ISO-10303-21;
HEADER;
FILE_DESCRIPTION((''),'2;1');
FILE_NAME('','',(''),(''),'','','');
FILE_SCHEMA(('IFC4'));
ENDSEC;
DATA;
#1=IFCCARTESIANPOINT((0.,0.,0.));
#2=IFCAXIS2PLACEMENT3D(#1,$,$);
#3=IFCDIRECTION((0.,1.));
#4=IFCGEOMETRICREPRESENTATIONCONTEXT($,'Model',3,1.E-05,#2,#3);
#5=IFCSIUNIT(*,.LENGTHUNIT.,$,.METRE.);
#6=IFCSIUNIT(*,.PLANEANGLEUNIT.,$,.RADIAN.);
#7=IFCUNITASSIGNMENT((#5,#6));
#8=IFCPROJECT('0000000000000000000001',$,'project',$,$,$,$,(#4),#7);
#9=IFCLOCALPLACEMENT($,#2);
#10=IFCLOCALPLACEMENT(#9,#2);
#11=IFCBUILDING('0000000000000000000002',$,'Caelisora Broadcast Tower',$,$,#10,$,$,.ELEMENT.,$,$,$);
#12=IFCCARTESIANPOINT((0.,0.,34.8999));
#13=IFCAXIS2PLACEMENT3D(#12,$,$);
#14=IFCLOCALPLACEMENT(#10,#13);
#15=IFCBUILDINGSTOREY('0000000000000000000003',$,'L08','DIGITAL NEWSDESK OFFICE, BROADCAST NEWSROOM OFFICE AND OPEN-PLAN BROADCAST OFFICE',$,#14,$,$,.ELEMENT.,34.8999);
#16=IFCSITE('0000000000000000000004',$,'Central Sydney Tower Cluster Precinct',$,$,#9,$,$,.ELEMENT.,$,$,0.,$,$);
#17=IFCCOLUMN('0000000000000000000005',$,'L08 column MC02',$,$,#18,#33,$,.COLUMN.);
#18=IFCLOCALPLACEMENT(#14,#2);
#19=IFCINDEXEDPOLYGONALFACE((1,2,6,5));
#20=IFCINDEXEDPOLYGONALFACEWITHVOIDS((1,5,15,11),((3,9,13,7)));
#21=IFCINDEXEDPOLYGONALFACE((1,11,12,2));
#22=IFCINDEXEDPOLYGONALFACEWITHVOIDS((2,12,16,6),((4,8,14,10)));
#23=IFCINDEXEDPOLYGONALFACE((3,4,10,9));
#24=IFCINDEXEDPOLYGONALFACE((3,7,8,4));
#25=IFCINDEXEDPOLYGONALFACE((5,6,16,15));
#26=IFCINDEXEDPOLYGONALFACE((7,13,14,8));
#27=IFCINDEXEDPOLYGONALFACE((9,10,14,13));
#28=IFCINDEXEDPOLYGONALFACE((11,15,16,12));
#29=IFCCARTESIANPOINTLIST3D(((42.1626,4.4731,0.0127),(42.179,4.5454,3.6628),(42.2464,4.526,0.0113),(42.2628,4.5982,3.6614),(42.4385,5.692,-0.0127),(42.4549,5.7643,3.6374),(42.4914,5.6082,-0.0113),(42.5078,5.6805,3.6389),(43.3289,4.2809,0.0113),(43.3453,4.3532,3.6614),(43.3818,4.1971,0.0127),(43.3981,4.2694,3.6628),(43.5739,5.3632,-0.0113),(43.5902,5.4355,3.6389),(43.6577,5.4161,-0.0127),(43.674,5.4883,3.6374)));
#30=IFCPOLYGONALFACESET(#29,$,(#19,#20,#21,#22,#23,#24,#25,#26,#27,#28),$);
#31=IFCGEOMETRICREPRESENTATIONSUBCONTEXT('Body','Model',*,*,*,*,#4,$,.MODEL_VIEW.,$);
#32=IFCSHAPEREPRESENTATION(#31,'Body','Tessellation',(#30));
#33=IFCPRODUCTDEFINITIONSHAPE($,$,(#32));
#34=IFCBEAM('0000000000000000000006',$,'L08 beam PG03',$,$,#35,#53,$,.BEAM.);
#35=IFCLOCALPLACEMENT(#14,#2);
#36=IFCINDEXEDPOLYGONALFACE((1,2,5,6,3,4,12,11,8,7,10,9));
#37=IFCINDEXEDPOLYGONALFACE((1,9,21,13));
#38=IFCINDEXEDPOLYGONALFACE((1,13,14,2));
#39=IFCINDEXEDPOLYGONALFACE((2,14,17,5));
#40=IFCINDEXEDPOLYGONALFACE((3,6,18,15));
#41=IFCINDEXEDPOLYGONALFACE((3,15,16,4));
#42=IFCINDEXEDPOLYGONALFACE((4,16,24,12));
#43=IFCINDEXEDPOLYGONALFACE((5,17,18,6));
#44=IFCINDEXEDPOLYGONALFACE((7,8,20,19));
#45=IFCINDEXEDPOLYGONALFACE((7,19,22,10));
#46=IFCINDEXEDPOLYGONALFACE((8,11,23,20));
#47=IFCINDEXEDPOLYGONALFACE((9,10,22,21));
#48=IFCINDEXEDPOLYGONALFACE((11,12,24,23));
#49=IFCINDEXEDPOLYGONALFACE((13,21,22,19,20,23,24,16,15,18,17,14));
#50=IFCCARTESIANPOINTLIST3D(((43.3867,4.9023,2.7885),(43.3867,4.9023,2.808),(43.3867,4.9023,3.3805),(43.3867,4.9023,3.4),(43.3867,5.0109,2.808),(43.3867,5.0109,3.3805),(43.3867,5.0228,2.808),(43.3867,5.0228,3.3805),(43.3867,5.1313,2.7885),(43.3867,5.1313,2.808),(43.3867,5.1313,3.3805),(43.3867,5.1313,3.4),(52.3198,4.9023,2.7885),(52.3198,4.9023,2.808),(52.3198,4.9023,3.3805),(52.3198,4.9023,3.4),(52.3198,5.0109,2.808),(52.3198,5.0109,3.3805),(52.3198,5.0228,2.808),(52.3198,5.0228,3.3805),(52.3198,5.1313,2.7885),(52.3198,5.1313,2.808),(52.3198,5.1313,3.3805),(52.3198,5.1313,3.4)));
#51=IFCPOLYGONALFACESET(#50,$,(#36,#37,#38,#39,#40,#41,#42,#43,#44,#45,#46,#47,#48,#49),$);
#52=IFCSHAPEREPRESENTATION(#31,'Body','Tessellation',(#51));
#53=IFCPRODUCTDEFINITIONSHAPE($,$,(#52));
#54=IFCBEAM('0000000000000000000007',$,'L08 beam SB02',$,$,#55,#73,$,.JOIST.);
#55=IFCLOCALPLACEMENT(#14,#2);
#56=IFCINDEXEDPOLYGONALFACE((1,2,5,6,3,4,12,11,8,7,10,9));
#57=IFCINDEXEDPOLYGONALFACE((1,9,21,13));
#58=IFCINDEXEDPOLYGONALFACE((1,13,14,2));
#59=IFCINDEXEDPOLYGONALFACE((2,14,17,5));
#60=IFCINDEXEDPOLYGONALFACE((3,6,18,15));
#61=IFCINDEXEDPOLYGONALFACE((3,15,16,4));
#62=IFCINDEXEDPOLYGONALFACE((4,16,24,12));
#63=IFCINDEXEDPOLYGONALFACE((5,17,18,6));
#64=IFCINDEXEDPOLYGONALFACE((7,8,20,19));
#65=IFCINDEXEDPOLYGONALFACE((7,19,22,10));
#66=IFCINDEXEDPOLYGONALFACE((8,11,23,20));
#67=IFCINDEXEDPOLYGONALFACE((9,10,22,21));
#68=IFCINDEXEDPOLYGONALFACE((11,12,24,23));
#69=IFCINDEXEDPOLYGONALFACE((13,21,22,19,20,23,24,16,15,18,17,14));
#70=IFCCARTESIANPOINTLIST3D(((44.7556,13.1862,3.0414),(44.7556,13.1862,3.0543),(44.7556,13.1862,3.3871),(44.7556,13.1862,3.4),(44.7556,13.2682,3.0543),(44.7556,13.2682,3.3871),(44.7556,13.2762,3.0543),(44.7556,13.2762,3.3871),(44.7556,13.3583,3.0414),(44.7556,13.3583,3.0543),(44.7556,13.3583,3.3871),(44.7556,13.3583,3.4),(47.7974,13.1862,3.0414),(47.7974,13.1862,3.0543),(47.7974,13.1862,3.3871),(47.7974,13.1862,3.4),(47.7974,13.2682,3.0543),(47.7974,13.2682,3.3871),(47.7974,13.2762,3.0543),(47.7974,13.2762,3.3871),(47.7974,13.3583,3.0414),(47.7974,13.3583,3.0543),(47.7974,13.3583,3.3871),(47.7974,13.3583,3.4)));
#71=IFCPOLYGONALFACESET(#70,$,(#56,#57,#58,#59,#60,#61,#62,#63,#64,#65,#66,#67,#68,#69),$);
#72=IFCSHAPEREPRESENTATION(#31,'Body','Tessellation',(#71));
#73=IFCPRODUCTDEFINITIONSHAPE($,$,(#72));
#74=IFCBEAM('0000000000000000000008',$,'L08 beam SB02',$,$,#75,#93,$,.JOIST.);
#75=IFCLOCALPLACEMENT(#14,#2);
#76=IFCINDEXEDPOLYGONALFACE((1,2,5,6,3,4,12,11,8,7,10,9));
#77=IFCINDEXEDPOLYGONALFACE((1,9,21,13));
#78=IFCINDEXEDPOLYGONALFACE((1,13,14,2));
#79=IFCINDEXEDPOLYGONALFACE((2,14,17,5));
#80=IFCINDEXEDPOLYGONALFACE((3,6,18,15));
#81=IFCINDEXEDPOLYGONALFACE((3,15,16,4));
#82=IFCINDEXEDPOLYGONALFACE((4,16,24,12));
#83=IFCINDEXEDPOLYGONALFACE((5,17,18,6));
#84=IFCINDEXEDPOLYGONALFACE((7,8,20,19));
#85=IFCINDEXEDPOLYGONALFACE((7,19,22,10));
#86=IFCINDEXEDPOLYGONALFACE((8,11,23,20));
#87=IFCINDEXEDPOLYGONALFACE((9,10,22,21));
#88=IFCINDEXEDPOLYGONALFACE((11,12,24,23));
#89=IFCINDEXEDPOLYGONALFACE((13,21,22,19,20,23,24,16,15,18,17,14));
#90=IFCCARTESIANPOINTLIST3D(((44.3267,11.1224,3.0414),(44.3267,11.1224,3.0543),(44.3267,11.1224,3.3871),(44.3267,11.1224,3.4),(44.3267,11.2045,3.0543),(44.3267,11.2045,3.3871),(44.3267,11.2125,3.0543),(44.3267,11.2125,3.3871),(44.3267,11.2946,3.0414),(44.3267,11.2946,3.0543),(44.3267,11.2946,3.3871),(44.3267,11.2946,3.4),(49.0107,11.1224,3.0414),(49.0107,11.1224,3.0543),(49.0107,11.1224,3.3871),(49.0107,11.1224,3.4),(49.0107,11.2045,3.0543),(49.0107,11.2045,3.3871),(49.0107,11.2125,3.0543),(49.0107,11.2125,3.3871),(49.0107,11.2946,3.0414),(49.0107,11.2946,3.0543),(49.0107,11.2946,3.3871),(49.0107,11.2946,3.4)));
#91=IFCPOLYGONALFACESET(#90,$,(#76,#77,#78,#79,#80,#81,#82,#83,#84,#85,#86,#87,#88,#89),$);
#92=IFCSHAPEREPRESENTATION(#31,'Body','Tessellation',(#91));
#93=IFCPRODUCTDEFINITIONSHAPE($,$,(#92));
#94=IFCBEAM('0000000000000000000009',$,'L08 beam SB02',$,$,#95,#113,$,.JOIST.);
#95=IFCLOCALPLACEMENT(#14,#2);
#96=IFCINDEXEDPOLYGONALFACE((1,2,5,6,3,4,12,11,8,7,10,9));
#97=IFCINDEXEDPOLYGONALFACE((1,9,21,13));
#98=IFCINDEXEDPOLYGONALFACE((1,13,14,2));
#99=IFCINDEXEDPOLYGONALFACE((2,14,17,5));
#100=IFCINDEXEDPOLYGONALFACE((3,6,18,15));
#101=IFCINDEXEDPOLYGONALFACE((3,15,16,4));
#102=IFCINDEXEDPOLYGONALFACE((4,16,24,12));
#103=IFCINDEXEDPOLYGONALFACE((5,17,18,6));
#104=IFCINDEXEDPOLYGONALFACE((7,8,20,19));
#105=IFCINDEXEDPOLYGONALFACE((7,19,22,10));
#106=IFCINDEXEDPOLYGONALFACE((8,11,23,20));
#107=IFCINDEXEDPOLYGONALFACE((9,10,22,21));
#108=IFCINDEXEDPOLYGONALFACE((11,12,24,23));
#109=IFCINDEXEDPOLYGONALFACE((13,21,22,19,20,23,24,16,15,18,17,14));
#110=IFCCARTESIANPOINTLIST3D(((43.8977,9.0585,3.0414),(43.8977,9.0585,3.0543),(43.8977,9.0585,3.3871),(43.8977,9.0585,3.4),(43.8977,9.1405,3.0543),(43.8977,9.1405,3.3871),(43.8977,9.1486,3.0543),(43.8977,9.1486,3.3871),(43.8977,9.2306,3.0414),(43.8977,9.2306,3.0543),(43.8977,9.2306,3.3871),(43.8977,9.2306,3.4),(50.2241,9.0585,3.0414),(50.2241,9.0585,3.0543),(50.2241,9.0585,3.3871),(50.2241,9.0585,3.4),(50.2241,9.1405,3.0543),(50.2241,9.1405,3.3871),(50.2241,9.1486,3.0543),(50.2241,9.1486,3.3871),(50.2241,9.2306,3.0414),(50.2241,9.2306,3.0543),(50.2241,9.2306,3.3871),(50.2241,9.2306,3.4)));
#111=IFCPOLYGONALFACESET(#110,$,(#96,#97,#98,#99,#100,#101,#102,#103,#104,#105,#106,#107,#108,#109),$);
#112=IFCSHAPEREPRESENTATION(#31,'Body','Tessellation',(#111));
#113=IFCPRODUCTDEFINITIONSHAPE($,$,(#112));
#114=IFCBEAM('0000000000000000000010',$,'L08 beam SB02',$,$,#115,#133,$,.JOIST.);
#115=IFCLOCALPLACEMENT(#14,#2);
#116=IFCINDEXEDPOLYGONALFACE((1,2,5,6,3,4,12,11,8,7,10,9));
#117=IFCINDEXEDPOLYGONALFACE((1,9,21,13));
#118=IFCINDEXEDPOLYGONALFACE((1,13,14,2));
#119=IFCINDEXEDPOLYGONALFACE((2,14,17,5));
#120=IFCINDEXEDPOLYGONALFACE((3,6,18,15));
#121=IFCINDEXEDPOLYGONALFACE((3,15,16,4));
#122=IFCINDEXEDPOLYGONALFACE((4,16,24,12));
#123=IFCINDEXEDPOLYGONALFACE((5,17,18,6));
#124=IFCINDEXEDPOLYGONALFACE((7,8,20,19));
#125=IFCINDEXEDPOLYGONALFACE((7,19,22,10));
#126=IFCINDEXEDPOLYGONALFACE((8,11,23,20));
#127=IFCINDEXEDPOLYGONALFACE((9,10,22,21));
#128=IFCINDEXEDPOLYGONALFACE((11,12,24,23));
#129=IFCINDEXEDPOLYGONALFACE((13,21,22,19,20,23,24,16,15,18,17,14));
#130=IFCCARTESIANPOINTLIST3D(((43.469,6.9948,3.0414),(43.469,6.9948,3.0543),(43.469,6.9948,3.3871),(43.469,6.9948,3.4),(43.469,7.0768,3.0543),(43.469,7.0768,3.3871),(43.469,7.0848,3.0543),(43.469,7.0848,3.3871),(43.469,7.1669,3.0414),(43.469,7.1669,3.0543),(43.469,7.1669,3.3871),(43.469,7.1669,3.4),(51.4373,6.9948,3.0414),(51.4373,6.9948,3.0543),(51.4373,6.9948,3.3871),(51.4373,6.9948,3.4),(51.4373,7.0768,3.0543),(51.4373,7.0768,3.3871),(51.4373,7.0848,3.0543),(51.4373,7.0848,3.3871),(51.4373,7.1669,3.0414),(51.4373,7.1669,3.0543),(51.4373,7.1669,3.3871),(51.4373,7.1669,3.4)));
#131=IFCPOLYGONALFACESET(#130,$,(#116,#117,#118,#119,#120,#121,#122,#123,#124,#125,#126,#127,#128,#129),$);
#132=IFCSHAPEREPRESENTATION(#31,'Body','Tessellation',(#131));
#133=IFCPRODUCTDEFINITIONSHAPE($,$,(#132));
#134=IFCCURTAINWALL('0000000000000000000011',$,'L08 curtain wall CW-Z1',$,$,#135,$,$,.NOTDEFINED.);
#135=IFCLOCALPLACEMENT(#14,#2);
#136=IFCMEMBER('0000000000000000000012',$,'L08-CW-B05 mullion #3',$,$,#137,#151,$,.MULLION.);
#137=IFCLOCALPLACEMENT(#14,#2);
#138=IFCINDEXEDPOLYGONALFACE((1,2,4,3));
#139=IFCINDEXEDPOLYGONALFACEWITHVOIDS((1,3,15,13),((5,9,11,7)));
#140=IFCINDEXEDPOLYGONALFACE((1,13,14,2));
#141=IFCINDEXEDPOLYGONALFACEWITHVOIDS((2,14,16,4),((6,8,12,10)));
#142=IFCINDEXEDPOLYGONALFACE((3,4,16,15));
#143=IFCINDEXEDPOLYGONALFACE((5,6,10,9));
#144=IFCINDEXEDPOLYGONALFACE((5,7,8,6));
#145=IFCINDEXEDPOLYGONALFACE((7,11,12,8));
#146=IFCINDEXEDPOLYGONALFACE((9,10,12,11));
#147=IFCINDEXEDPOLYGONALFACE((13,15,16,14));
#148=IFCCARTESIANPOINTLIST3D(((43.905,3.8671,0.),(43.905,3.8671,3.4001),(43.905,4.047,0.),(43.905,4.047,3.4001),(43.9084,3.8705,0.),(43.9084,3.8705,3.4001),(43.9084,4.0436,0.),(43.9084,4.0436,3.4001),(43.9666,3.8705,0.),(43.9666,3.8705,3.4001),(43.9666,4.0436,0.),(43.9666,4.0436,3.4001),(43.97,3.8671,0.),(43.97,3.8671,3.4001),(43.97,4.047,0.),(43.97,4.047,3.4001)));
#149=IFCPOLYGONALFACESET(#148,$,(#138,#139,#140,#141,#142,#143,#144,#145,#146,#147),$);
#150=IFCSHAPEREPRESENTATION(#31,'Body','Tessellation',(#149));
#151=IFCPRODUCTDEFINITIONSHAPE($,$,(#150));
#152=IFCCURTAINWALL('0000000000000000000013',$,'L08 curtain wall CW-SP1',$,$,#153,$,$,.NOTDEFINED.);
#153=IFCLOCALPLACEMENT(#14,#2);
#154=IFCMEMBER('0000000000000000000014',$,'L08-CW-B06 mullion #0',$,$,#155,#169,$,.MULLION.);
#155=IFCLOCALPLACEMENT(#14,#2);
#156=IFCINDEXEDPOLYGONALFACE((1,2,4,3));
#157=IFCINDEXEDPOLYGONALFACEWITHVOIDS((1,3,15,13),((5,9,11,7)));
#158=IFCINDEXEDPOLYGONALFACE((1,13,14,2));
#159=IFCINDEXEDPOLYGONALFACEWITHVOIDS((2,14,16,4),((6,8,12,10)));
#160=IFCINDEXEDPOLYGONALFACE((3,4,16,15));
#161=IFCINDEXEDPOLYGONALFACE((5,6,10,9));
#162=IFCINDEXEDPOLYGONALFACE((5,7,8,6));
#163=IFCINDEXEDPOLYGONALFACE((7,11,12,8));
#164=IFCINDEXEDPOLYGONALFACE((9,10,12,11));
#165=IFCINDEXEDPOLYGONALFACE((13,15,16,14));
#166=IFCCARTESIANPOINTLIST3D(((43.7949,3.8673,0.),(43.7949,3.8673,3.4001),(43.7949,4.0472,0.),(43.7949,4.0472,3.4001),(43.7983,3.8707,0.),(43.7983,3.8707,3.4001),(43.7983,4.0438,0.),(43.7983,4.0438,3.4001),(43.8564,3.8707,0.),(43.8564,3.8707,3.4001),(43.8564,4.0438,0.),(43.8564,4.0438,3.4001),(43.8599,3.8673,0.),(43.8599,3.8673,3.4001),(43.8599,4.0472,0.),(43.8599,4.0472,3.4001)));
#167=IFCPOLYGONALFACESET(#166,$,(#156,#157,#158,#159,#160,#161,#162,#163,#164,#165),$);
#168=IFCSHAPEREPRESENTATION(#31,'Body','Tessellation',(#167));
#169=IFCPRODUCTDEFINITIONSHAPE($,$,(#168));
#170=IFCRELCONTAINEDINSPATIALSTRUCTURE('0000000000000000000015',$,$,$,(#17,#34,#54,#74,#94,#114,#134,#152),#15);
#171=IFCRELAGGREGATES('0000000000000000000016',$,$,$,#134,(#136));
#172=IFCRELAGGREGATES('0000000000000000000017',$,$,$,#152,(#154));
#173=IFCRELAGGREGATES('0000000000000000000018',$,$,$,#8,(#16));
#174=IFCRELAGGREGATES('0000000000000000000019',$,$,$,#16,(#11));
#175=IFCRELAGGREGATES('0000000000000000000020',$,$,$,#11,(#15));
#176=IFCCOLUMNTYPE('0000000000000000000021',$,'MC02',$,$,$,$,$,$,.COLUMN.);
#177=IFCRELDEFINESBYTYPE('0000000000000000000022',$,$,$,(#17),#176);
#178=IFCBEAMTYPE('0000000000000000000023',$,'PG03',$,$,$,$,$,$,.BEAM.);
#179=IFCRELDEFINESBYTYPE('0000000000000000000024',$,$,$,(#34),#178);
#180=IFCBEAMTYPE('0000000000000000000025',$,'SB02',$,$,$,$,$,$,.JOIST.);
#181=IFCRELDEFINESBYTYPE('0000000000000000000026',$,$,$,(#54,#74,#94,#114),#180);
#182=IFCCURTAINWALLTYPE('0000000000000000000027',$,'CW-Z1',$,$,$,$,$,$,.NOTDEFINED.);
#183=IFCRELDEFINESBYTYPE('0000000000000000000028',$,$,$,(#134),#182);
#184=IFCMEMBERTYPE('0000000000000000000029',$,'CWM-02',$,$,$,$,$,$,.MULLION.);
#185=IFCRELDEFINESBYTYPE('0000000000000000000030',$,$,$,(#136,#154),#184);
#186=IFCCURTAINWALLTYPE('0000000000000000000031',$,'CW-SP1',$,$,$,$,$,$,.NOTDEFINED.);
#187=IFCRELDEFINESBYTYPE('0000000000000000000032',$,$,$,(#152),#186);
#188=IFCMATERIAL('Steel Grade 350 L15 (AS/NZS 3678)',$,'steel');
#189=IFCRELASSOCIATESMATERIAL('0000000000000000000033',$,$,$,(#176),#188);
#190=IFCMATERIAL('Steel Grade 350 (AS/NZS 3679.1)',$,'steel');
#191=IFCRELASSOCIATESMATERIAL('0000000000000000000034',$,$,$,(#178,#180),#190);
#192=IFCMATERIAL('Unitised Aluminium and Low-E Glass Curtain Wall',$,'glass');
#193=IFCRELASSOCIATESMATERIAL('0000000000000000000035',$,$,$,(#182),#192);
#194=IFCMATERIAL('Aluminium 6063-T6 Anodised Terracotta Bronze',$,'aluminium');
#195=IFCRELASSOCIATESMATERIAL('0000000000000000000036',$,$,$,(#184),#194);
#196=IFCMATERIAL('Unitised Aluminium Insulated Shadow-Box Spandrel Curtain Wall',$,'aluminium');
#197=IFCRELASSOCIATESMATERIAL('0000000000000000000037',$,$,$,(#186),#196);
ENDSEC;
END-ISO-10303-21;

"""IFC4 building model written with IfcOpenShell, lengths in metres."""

from ifc_helpers import new_model, si_unit, direction, frame, origin, origin_2d, place, context, subcontext, project, spatial, hollow_rectangle, i_section, extrude, source, transform, mapped, material, material_profile, profile_set, type_object, type_shapes, element, aggregate, save


model = new_model("IFC4")

# Units and contexts
model_context = context("Model", 3, precision=1e-05, world=origin(), true_north=direction((0.0, 1.0)))
body_context = subcontext(model_context, "Body", "Model", "MODEL_VIEW")
ifc_project = project(units=[si_unit("LENGTHUNIT", "METRE"), si_unit("PLANEANGLEUNIT", "RADIAN")], contexts=[model_context])

# Site, building, storey
site_placement = place(None, origin())
site = spatial("IfcSite", under=ifc_project, at=site_placement, Name="Central Sydney Tower Cluster Precinct", CompositionType="ELEMENT", RefElevation=0.0)
building_placement = place(site_placement, origin())
building = spatial("IfcBuilding", under=site, at=building_placement, Name="Caelisora Broadcast Tower", CompositionType="ELEMENT")
storey_placement = place(building_placement, frame((0.0, 0.0, 34.8999)))
storey = spatial("IfcBuildingStorey", under=building, at=storey_placement, Name="L08", Description="DIGITAL NEWSDESK OFFICE, BROADCAST NEWSROOM OFFICE AND OPEN-PLAN BROADCAST OFFICE", CompositionType="ELEMENT", Elevation=34.8999)

# Column
ifc_material_1 = material(Name="Steel Grade 350 L15 (AS/NZS 3678)", Category="steel")
ifc_material_profile_1 = material_profile(ifc_material_1, hollow_rectangle(XDim=1.25, YDim=1.25, WallThickness=0.0701, at=origin_2d()), Name="Steel Grade 350 L15 (AS/NZS 3678)")
ifc_profile_set_1 = profile_set([ifc_material_profile_1], Name="Steel Grade 350 L15 (AS/NZS 3678)")
column_type = type_object("IfcColumnType", Name="MC02", PredefinedType="COLUMN", material=ifc_profile_set_1)
shared_shape_1 = source(origin(), body_context, "Body", "SweptSolid", [
    extrude(hollow_rectangle(XDim=1.25, YDim=1.25, WallThickness=0.0701, at=origin_2d()), origin(), (0.0, 0.0, 1.0), 3.6509),
])
type_shapes(column_type, [shared_shape_1])
column_placement = place(storey_placement, frame((42.9102, 4.9446, 0.0), z_axis=(0.00448, 0.019794, 0.999794), x_axis=(-0.975327, 0.220767, 0.0)))
element("IfcColumn", 1, at=column_placement, inside=storey, type_object=column_type, Name="L08 column MC02", PredefinedType="COLUMN", context=body_context, shape_type="MappedRepresentation", body=[
    mapped(shared_shape_1, transform((0.0, 0.0, 0.0), scale=1.0)),
])

# Beams
ifc_material_2 = material(Name="Steel Grade 350 (AS/NZS 3679.1)", Category="steel")
ifc_material_profile_2 = material_profile(ifc_material_2, i_section(OverallWidth=0.229, OverallDepth=0.6116, WebThickness=0.012, FlangeThickness=0.0195, at=origin_2d()), Name="Steel Grade 350 (AS/NZS 3679.1)")
ifc_profile_set_2 = profile_set([ifc_material_profile_2], Name="Steel Grade 350 (AS/NZS 3679.1)")
beam_type_1 = type_object("IfcBeamType", Name="PG03", PredefinedType="BEAM", material=ifc_profile_set_2)
shared_shape_2 = source(origin(), body_context, "Body", "SweptSolid", [
    extrude(i_section(OverallWidth=0.229, OverallDepth=0.6116, WebThickness=0.012, FlangeThickness=0.0195, at=origin_2d()), origin(), (0.0, 0.0, 1.0), 8.9331),
])
type_shapes(beam_type_1, [shared_shape_2])
beam_1_placement = place(storey_placement, frame((43.3867, 5.0168, 3.0942), z_axis=(1.0, 0.0, 0.0), x_axis=(0.0, 1.0, 0.0)))
element("IfcBeam", 2, at=beam_1_placement, inside=storey, type_object=beam_type_1, Name="L08 beam PG03", PredefinedType="BEAM", context=body_context, shape_type="MappedRepresentation", body=[
    mapped(shared_shape_2, transform((0.0, 0.0, 0.0), scale=1.0)),
])
ifc_material_profile_3 = material_profile(ifc_material_2, i_section(OverallWidth=0.1721, OverallDepth=0.3586, WebThickness=0.0081, FlangeThickness=0.0129, at=origin_2d()), Name="Steel Grade 350 (AS/NZS 3679.1)")
ifc_profile_set_3 = profile_set([ifc_material_profile_3], Name="Steel Grade 350 (AS/NZS 3679.1)")
beam_type_2 = type_object("IfcBeamType", Name="SB02", PredefinedType="JOIST", material=ifc_profile_set_3)
shared_shape_3 = source(origin(), body_context, "Body", "SweptSolid", [
    extrude(i_section(OverallWidth=0.1721, OverallDepth=0.3586, WebThickness=0.0081, FlangeThickness=0.0129, at=origin_2d()), origin(), (0.0, 0.0, 1.0), 3.0417),
])
beam_2_placement = place(storey_placement, frame((44.7556, 13.2722, 3.2207), z_axis=(1.0, 0.0, 0.0), x_axis=(0.0, 1.0, 0.0)))
element("IfcBeam", 3, at=beam_2_placement, inside=storey, type_object=beam_type_2, Name="L08 beam SB02", PredefinedType="JOIST", context=body_context, shape_type="MappedRepresentation", body=[
    mapped(shared_shape_3, transform((0.0, 0.0, 0.0), scale=1.0)),
])
shared_shape_4 = source(origin(), body_context, "Body", "SweptSolid", [
    extrude(i_section(OverallWidth=0.1721, OverallDepth=0.3586, WebThickness=0.0081, FlangeThickness=0.0129, at=origin_2d()), origin(), (0.0, 0.0, 1.0), 4.6841),
])
beam_3_placement = place(storey_placement, frame((44.3267, 11.2085, 3.2207), z_axis=(1.0, 0.0, 0.0), x_axis=(0.0, 1.0, 0.0)))
element("IfcBeam", 4, at=beam_3_placement, inside=storey, type_object=beam_type_2, Name="L08 beam SB02", PredefinedType="JOIST", context=body_context, shape_type="MappedRepresentation", body=[
    mapped(shared_shape_4, transform((0.0, 0.0, 0.0), scale=1.0)),
])
shared_shape_5 = source(origin(), body_context, "Body", "SweptSolid", [
    extrude(i_section(OverallWidth=0.1721, OverallDepth=0.3586, WebThickness=0.0081, FlangeThickness=0.0129, at=origin_2d()), origin(), (0.0, 0.0, 1.0), 6.3264),
])
beam_4_placement = place(storey_placement, frame((43.8977, 9.1445, 3.2207), z_axis=(1.0, 0.0, 0.0), x_axis=(0.0, 1.0, 0.0)))
element("IfcBeam", 5, at=beam_4_placement, inside=storey, type_object=beam_type_2, Name="L08 beam SB02", PredefinedType="JOIST", context=body_context, shape_type="MappedRepresentation", body=[
    mapped(shared_shape_5, transform((0.0, 0.0, 0.0), scale=1.0)),
])
shared_shape_6 = source(origin(), body_context, "Body", "SweptSolid", [
    extrude(i_section(OverallWidth=0.1721, OverallDepth=0.3586, WebThickness=0.0081, FlangeThickness=0.0129, at=origin_2d()), origin(), (0.0, 0.0, 1.0), 7.9683),
])
type_shapes(beam_type_2, [shared_shape_3, shared_shape_4, shared_shape_5, shared_shape_6])
beam_5_placement = place(storey_placement, frame((43.469, 7.0808, 3.2207), z_axis=(1.0, 0.0, 0.0), x_axis=(0.0, 1.0, 0.0)))
element("IfcBeam", 6, at=beam_5_placement, inside=storey, type_object=beam_type_2, Name="L08 beam SB02", PredefinedType="JOIST", context=body_context, shape_type="MappedRepresentation", body=[
    mapped(shared_shape_6, transform((0.0, 0.0, 0.0), scale=1.0)),
])

# Curtain wall, member
ifc_material_3 = material(Name="Unitised Aluminium and Low-E Glass Curtain Wall", Category="glass")
curtain_wall_type_1 = type_object("IfcCurtainWallType", Name="CW-Z1", PredefinedType="NOTDEFINED", material=ifc_material_3)
curtain_wall_1_placement = place(storey_placement, origin())
curtain_wall_1 = element("IfcCurtainWall", 7, at=curtain_wall_1_placement, inside=storey, type_object=curtain_wall_type_1, Name="L08 curtain wall CW-Z1", PredefinedType="NOTDEFINED")
ifc_material_4 = material(Name="Aluminium 6063-T6 Anodised Terracotta Bronze", Category="aluminium")
ifc_material_profile_4 = material_profile(ifc_material_4, hollow_rectangle(XDim=0.0649, YDim=0.1799, WallThickness=0.0034, at=origin_2d()), Name="Aluminium 6063-T6 Anodised Terracotta Bronze")
ifc_profile_set_4 = profile_set([ifc_material_profile_4], Name="Aluminium 6063-T6 Anodised Terracotta Bronze")
member_type_1 = type_object("IfcMemberType", Name="CWM-02", PredefinedType="MULLION", material=ifc_profile_set_4)
shared_shape_7 = source(origin(), body_context, "Body", "SweptSolid", [
    extrude(hollow_rectangle(XDim=0.0649, YDim=0.1799, WallThickness=0.0034, at=origin_2d()), origin(), (0.0, 0.0, 1.0), 3.4001),
])
type_shapes(member_type_1, [shared_shape_7])
member_1_placement = place(storey_placement, frame((43.9375, 3.957, 0.0), z_axis=(0.0, 0.0, 1.0), x_axis=(1.0, 0.0, 0.0)))
member_1 = element("IfcMember", 8, at=member_1_placement, type_object=member_type_1, Name="L08-CW-B05 mullion #3", PredefinedType="MULLION", context=body_context, shape_type="MappedRepresentation", body=[
    mapped(shared_shape_7, transform((0.0, 0.0, 0.0), scale=1.0)),
])
aggregate(curtain_wall_1, [member_1])

# Curtain wall, member
ifc_material_5 = material(Name="Unitised Aluminium Insulated Shadow-Box Spandrel Curtain Wall", Category="aluminium")
curtain_wall_type_2 = type_object("IfcCurtainWallType", Name="CW-SP1", PredefinedType="NOTDEFINED", material=ifc_material_5)
curtain_wall_2_placement = place(storey_placement, origin())
curtain_wall_2 = element("IfcCurtainWall", 9, at=curtain_wall_2_placement, inside=storey, type_object=curtain_wall_type_2, Name="L08 curtain wall CW-SP1", PredefinedType="NOTDEFINED")
member_2_placement = place(storey_placement, frame((43.8274, 3.9573, 0.0), z_axis=(0.0, 0.0, 1.0), x_axis=(1.0, 0.0, 0.0)))
member_2 = element("IfcMember", 10, at=member_2_placement, type_object=member_type_1, Name="L08-CW-B06 mullion #0", PredefinedType="MULLION", context=body_context, shape_type="MappedRepresentation", body=[
    mapped(shared_shape_7, transform((0.0, 0.0, 0.0), scale=1.0)),
])

aggregate(curtain_wall_2, [member_2])

save(model, "model.ifc")
